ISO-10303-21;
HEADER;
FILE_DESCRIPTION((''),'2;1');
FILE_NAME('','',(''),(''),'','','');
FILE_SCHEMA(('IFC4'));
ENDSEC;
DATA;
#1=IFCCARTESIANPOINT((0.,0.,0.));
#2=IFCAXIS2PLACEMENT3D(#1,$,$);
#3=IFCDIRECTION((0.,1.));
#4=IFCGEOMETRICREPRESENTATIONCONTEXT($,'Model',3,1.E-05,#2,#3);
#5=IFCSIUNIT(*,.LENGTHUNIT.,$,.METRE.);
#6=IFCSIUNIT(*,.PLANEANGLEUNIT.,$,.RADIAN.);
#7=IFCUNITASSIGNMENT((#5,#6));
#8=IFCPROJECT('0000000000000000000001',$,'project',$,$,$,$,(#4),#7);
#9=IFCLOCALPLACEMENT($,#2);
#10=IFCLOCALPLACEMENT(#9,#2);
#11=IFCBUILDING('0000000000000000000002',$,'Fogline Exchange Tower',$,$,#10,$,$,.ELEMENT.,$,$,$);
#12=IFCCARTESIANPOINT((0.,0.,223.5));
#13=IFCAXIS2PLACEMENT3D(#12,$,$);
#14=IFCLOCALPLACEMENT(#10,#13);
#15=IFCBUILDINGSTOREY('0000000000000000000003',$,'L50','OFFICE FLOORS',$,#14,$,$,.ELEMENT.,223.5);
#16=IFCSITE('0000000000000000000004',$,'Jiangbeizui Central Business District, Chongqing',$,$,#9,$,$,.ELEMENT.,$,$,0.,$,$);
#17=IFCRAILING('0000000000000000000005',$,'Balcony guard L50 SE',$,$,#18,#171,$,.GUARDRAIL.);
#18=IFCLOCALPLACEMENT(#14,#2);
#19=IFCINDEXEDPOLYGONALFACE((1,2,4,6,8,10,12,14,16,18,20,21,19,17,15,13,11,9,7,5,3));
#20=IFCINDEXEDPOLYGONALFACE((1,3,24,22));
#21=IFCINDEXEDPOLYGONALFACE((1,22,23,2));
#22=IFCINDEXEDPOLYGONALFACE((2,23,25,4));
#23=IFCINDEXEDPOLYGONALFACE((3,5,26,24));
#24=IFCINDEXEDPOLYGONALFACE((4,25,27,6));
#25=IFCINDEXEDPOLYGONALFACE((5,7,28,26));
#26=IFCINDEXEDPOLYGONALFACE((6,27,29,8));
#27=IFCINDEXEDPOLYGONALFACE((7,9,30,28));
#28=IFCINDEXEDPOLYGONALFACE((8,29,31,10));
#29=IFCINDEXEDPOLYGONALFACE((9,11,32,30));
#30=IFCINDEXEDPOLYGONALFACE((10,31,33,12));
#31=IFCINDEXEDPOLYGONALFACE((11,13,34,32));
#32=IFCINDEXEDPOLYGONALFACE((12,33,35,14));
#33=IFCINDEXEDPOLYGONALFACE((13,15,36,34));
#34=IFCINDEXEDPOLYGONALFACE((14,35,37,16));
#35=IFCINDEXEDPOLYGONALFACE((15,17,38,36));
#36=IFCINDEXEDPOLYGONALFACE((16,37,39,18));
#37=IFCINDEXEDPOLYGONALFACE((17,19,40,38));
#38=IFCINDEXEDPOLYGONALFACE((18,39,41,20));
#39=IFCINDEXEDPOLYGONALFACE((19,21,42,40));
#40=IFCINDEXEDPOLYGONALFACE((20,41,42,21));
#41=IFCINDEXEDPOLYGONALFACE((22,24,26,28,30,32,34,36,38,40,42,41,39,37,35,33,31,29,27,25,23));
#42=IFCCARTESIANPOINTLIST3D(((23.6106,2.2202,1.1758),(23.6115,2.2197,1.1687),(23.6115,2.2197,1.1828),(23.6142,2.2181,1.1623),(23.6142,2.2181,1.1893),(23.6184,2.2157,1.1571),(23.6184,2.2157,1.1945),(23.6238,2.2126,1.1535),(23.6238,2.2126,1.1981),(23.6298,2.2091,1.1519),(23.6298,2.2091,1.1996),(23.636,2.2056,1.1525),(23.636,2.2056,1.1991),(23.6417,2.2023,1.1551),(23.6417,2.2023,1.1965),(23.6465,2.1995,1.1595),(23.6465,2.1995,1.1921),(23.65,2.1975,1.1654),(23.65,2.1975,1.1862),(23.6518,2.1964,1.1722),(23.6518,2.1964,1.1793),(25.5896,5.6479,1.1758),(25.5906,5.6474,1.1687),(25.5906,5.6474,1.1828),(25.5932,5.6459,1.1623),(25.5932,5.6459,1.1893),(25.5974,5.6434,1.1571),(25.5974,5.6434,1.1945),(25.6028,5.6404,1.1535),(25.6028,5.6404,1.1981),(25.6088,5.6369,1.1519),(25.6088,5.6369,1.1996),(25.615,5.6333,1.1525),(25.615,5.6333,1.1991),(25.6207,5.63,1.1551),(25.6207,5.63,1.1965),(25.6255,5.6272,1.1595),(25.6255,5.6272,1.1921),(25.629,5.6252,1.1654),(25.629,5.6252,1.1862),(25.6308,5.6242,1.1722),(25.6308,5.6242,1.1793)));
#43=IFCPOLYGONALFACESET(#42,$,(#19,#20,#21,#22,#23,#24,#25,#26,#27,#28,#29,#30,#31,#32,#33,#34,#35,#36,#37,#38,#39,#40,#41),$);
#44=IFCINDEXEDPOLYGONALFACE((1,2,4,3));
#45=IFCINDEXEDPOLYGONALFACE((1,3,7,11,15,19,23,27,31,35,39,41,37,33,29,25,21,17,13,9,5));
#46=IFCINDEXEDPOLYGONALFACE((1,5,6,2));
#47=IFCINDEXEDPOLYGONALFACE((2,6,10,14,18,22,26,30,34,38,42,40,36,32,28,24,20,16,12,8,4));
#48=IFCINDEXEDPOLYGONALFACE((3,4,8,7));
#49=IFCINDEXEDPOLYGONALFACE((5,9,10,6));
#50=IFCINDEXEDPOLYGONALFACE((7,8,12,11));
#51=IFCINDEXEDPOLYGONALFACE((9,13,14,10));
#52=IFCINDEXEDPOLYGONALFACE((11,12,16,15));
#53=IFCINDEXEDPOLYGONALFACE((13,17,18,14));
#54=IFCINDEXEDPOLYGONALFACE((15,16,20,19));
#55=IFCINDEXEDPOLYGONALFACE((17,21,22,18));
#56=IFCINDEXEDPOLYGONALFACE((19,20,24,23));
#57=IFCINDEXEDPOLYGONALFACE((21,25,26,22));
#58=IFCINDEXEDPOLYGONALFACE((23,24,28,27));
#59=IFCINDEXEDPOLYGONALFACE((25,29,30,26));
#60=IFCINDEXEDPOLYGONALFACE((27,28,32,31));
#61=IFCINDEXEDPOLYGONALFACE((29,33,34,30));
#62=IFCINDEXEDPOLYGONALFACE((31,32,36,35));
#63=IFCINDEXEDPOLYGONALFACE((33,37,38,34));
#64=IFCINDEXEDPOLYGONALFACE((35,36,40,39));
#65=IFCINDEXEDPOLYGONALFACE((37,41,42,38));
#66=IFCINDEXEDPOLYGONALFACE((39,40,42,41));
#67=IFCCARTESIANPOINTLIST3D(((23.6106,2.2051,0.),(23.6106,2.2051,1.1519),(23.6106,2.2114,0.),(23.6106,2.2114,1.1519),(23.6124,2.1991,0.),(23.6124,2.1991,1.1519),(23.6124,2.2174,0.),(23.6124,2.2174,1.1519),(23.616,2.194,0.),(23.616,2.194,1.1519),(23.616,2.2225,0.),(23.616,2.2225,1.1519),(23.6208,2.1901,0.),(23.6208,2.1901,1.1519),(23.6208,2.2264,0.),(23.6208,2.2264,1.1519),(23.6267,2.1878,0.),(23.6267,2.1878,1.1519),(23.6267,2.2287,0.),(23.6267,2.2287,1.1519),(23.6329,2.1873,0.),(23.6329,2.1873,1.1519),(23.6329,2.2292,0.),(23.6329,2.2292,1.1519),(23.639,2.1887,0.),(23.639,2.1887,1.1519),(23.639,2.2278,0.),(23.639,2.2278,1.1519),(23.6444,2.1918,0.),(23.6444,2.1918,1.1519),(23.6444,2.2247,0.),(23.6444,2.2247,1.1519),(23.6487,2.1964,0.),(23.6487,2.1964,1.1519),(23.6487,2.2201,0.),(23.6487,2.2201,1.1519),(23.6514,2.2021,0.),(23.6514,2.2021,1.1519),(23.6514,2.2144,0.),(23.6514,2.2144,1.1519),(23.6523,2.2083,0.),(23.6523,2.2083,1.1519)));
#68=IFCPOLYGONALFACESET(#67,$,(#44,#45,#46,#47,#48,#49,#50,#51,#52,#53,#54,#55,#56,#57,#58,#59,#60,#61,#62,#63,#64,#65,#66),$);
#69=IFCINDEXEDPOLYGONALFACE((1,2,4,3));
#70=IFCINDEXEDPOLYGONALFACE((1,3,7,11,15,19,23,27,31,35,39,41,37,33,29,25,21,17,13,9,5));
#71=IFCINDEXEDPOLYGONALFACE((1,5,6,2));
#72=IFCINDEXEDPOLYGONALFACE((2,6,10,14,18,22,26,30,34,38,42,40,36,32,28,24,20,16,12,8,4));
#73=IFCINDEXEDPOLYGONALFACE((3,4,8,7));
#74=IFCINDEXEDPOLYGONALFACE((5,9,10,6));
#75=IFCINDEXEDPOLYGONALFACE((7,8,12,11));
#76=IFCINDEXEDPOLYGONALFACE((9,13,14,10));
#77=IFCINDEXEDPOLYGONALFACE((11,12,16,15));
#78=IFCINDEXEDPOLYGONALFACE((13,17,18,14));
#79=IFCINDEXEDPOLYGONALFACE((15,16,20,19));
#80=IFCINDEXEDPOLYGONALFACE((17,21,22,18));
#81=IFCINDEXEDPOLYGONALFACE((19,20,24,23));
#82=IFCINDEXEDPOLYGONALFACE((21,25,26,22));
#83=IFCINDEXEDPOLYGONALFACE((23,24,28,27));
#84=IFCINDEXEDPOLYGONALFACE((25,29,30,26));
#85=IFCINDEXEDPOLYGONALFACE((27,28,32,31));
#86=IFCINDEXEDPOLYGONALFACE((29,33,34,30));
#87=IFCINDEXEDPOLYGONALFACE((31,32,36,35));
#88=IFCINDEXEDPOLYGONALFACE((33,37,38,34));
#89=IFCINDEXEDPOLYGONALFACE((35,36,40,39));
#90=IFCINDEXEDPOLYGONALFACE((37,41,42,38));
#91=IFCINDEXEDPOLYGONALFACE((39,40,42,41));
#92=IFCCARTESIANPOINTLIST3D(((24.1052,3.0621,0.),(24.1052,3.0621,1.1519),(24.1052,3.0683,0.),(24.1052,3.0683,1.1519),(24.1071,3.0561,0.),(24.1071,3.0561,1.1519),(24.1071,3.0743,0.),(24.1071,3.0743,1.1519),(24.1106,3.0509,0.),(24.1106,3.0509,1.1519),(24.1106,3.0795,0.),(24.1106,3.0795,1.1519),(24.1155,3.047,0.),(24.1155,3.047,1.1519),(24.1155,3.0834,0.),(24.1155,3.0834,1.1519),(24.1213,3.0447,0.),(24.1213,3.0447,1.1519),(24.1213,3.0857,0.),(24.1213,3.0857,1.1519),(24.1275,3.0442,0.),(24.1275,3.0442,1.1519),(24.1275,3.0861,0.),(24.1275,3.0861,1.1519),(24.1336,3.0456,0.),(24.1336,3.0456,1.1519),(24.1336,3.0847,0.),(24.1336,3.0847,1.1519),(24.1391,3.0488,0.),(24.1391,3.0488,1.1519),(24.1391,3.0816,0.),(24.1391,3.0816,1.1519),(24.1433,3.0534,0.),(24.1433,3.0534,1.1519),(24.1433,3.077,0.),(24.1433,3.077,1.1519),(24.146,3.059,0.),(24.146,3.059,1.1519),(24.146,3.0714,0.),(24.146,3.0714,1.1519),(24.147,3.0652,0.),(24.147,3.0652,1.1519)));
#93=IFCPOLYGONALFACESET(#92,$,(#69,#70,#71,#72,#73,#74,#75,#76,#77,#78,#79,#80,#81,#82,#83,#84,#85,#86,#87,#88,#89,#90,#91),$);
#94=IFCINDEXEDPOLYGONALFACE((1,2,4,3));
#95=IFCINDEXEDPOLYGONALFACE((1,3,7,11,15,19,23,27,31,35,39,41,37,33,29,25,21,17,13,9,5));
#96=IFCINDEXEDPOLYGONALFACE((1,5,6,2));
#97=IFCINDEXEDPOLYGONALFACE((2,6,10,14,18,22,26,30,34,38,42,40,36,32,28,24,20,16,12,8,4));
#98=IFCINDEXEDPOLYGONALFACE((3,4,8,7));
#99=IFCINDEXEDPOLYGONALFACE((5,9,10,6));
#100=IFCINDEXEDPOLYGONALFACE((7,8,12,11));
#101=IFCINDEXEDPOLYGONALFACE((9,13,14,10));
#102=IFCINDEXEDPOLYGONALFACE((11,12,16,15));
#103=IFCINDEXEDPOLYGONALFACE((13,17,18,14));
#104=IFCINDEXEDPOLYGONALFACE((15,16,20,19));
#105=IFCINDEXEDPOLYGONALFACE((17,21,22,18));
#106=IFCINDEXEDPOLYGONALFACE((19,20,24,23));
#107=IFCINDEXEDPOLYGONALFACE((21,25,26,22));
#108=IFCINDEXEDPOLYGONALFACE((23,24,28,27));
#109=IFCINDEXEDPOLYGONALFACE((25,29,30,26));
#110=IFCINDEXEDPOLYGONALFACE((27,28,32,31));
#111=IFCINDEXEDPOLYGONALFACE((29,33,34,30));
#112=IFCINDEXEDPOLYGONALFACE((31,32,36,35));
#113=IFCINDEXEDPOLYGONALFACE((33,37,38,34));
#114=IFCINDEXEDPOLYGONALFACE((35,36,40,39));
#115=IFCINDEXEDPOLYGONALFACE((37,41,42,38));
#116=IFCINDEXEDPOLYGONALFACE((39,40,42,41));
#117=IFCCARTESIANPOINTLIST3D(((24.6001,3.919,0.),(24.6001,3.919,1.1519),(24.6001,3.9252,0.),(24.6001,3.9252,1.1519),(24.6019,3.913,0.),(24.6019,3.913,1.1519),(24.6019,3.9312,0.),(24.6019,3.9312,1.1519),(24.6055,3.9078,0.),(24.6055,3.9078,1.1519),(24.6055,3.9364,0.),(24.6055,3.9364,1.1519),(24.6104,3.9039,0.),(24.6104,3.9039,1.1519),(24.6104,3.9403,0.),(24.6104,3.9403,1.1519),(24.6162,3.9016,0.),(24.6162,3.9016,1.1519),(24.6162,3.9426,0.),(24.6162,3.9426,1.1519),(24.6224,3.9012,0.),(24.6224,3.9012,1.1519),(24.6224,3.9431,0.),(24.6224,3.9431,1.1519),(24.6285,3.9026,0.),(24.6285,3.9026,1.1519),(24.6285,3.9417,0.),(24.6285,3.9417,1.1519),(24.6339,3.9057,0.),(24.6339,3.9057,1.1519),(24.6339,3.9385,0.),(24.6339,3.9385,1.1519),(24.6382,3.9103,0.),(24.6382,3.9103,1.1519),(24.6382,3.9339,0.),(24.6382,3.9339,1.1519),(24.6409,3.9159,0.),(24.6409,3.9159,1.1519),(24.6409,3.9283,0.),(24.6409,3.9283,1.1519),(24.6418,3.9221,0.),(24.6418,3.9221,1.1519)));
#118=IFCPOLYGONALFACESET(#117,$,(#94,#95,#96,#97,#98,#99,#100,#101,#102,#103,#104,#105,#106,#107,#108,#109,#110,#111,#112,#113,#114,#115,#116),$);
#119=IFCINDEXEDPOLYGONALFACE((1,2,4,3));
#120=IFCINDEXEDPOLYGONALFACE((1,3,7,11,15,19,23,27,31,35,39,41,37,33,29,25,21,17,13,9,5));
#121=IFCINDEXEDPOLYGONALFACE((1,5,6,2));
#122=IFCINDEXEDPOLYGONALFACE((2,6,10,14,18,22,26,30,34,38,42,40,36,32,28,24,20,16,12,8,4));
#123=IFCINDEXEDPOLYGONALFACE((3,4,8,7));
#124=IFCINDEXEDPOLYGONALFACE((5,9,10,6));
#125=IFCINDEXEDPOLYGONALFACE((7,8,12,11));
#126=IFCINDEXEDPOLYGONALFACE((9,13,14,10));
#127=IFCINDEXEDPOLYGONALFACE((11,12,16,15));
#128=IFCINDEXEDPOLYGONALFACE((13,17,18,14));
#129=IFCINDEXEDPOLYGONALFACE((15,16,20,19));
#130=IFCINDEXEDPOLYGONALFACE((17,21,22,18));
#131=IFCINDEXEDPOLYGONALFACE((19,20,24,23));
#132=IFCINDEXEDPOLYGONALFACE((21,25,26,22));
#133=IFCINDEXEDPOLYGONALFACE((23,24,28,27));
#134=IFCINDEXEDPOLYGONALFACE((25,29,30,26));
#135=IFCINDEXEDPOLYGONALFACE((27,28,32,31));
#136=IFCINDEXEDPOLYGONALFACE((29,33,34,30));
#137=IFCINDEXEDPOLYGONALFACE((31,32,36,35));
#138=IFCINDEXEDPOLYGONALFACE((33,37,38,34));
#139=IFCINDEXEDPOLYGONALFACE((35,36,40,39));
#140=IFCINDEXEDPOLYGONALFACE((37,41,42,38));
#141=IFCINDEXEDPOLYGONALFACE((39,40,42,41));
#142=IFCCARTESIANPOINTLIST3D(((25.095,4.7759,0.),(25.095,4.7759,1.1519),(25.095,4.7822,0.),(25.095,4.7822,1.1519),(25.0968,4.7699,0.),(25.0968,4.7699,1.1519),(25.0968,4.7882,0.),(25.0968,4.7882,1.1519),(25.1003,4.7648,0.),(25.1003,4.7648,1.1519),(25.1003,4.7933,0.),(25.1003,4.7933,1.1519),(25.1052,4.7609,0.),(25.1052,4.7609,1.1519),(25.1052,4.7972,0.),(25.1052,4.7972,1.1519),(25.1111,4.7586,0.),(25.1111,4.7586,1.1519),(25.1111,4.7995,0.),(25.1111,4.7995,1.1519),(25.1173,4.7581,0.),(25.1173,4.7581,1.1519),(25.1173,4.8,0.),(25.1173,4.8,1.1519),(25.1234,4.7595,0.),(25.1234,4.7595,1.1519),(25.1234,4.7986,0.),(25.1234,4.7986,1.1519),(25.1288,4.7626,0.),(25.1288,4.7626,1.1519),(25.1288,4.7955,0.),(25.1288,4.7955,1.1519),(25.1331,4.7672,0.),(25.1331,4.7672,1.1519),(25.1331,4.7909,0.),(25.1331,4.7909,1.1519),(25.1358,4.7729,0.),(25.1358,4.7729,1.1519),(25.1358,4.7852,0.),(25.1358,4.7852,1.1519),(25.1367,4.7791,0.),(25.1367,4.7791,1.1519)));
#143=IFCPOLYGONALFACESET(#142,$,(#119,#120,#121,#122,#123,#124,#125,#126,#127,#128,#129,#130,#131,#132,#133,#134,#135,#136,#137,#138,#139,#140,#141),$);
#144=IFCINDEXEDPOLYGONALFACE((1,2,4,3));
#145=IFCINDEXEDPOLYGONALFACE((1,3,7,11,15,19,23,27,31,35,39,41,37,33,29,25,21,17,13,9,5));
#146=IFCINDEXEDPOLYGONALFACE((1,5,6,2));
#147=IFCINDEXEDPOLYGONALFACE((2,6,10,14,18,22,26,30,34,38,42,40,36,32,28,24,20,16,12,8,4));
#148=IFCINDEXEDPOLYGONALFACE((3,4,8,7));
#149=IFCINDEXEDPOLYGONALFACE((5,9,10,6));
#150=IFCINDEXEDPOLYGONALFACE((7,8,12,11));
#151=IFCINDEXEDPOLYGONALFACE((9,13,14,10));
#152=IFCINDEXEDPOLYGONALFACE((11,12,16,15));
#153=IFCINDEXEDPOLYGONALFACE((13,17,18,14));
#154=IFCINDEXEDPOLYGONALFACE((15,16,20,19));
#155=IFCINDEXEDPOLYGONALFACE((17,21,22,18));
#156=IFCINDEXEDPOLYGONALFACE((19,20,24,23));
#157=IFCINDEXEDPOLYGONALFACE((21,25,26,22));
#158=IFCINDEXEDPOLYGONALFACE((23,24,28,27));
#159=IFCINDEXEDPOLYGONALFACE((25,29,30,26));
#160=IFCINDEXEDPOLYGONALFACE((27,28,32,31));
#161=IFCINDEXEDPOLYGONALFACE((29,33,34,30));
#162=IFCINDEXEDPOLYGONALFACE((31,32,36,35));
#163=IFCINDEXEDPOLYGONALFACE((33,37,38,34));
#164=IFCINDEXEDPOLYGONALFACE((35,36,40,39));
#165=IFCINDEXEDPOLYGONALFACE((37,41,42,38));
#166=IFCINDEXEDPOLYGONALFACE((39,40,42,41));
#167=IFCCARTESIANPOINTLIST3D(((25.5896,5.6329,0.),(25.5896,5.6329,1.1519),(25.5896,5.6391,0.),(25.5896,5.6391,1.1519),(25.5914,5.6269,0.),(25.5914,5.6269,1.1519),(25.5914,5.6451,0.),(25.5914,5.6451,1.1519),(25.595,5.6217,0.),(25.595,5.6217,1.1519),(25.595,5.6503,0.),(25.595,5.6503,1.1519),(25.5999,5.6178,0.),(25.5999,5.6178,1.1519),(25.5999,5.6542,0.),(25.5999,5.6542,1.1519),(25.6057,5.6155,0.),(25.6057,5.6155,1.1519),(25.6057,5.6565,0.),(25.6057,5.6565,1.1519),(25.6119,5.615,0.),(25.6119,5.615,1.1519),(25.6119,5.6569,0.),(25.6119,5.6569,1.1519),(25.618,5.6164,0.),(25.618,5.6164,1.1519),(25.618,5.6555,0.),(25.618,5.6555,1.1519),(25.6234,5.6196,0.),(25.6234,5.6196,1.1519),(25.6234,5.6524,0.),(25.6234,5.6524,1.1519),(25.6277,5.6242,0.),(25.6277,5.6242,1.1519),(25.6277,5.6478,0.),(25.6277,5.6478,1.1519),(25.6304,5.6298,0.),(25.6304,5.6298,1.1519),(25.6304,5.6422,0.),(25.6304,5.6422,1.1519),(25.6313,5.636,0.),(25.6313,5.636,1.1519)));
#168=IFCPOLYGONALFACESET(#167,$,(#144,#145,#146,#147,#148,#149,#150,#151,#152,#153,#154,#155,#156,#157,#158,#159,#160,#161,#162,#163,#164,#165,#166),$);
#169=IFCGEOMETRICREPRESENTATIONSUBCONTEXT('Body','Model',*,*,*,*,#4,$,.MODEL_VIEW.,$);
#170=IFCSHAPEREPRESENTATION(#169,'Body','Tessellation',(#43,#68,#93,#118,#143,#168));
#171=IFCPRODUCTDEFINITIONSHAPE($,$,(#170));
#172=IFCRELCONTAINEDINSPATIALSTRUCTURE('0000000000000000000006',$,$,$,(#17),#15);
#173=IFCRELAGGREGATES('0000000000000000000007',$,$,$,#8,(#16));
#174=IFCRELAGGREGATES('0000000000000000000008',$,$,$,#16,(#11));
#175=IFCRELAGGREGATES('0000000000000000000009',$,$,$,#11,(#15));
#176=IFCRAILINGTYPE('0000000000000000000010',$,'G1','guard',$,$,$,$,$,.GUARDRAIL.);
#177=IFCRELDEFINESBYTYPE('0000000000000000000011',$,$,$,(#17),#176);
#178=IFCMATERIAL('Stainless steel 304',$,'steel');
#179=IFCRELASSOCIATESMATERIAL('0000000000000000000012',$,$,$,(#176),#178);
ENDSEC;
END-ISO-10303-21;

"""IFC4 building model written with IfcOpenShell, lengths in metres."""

from ifc_helpers import new_model, si_unit, direction, frame, origin, origin_2d, place, context, subcontext, project, spatial, circle, extrude, material, type_object, element, save


model = new_model("IFC4")

# Units and contexts
model_context = context("Model", 3, precision=1e-05, world=origin(), true_north=direction((0.0, 1.0)))
body_context = subcontext(model_context, "Body", "Model", "MODEL_VIEW")
ifc_project = project(units=[si_unit("LENGTHUNIT", "METRE"), si_unit("PLANEANGLEUNIT", "RADIAN")], contexts=[model_context])

# Site, building, storey
site_placement = place(None, origin())
site = spatial("IfcSite", under=ifc_project, at=site_placement, Name="Jiangbeizui Central Business District, Chongqing", CompositionType="ELEMENT", RefElevation=0.0)
building_placement = place(site_placement, origin())
building = spatial("IfcBuilding", under=site, at=building_placement, Name="Fogline Exchange Tower", CompositionType="ELEMENT")
storey_placement = place(building_placement, frame((0.0, 0.0, 223.5)))
storey = spatial("IfcBuildingStorey", under=building, at=storey_placement, Name="L50", Description="OFFICE FLOORS", CompositionType="ELEMENT", Elevation=223.5)

# Railing
ifc_material_1 = material(Name="Stainless steel 304", Category="steel")
railing_type = type_object("IfcRailingType", Name="G1", Description="guard", PredefinedType="GUARDRAIL", material=ifc_material_1)
railing_placement = place(storey_placement, frame((23.6313, 2.2083, 0.0)))
element("IfcRailing", 1, at=railing_placement, inside=storey, type_object=railing_type, Name="Balcony guard L50 SE", PredefinedType="GUARDRAIL", context=body_context, shape_type="SweptSolid", body=[
    extrude(circle(Radius=0.0239, at=origin_2d()), frame((0.0, 0.0, 1.1758), z_axis=(0.5, 0.866025, 0.0), x_axis=(-0.866025, 0.5, 0.0)), (0.0, 0.0, 1.0), 3.958),
    extrude(circle(Radius=0.021, at=origin_2d()), origin(), (0.0, 0.0, 1.0), 1.1519),
    extrude(circle(Radius=0.021, at=origin_2d()), frame((0.4946, 0.8569, 0.0)), (0.0, 0.0, 1.0), 1.1519),
    extrude(circle(Radius=0.021, at=origin_2d()), frame((0.9895, 1.7139, 0.0)), (0.0, 0.0, 1.0), 1.1519),
    extrude(circle(Radius=0.021, at=origin_2d()), frame((1.4844, 2.5708, 0.0)), (0.0, 0.0, 1.0), 1.1519),
    extrude(circle(Radius=0.021, at=origin_2d()), frame((1.979, 3.4277, 0.0)), (0.0, 0.0, 1.0), 1.1519),
])

save(model, "model.ifc")
